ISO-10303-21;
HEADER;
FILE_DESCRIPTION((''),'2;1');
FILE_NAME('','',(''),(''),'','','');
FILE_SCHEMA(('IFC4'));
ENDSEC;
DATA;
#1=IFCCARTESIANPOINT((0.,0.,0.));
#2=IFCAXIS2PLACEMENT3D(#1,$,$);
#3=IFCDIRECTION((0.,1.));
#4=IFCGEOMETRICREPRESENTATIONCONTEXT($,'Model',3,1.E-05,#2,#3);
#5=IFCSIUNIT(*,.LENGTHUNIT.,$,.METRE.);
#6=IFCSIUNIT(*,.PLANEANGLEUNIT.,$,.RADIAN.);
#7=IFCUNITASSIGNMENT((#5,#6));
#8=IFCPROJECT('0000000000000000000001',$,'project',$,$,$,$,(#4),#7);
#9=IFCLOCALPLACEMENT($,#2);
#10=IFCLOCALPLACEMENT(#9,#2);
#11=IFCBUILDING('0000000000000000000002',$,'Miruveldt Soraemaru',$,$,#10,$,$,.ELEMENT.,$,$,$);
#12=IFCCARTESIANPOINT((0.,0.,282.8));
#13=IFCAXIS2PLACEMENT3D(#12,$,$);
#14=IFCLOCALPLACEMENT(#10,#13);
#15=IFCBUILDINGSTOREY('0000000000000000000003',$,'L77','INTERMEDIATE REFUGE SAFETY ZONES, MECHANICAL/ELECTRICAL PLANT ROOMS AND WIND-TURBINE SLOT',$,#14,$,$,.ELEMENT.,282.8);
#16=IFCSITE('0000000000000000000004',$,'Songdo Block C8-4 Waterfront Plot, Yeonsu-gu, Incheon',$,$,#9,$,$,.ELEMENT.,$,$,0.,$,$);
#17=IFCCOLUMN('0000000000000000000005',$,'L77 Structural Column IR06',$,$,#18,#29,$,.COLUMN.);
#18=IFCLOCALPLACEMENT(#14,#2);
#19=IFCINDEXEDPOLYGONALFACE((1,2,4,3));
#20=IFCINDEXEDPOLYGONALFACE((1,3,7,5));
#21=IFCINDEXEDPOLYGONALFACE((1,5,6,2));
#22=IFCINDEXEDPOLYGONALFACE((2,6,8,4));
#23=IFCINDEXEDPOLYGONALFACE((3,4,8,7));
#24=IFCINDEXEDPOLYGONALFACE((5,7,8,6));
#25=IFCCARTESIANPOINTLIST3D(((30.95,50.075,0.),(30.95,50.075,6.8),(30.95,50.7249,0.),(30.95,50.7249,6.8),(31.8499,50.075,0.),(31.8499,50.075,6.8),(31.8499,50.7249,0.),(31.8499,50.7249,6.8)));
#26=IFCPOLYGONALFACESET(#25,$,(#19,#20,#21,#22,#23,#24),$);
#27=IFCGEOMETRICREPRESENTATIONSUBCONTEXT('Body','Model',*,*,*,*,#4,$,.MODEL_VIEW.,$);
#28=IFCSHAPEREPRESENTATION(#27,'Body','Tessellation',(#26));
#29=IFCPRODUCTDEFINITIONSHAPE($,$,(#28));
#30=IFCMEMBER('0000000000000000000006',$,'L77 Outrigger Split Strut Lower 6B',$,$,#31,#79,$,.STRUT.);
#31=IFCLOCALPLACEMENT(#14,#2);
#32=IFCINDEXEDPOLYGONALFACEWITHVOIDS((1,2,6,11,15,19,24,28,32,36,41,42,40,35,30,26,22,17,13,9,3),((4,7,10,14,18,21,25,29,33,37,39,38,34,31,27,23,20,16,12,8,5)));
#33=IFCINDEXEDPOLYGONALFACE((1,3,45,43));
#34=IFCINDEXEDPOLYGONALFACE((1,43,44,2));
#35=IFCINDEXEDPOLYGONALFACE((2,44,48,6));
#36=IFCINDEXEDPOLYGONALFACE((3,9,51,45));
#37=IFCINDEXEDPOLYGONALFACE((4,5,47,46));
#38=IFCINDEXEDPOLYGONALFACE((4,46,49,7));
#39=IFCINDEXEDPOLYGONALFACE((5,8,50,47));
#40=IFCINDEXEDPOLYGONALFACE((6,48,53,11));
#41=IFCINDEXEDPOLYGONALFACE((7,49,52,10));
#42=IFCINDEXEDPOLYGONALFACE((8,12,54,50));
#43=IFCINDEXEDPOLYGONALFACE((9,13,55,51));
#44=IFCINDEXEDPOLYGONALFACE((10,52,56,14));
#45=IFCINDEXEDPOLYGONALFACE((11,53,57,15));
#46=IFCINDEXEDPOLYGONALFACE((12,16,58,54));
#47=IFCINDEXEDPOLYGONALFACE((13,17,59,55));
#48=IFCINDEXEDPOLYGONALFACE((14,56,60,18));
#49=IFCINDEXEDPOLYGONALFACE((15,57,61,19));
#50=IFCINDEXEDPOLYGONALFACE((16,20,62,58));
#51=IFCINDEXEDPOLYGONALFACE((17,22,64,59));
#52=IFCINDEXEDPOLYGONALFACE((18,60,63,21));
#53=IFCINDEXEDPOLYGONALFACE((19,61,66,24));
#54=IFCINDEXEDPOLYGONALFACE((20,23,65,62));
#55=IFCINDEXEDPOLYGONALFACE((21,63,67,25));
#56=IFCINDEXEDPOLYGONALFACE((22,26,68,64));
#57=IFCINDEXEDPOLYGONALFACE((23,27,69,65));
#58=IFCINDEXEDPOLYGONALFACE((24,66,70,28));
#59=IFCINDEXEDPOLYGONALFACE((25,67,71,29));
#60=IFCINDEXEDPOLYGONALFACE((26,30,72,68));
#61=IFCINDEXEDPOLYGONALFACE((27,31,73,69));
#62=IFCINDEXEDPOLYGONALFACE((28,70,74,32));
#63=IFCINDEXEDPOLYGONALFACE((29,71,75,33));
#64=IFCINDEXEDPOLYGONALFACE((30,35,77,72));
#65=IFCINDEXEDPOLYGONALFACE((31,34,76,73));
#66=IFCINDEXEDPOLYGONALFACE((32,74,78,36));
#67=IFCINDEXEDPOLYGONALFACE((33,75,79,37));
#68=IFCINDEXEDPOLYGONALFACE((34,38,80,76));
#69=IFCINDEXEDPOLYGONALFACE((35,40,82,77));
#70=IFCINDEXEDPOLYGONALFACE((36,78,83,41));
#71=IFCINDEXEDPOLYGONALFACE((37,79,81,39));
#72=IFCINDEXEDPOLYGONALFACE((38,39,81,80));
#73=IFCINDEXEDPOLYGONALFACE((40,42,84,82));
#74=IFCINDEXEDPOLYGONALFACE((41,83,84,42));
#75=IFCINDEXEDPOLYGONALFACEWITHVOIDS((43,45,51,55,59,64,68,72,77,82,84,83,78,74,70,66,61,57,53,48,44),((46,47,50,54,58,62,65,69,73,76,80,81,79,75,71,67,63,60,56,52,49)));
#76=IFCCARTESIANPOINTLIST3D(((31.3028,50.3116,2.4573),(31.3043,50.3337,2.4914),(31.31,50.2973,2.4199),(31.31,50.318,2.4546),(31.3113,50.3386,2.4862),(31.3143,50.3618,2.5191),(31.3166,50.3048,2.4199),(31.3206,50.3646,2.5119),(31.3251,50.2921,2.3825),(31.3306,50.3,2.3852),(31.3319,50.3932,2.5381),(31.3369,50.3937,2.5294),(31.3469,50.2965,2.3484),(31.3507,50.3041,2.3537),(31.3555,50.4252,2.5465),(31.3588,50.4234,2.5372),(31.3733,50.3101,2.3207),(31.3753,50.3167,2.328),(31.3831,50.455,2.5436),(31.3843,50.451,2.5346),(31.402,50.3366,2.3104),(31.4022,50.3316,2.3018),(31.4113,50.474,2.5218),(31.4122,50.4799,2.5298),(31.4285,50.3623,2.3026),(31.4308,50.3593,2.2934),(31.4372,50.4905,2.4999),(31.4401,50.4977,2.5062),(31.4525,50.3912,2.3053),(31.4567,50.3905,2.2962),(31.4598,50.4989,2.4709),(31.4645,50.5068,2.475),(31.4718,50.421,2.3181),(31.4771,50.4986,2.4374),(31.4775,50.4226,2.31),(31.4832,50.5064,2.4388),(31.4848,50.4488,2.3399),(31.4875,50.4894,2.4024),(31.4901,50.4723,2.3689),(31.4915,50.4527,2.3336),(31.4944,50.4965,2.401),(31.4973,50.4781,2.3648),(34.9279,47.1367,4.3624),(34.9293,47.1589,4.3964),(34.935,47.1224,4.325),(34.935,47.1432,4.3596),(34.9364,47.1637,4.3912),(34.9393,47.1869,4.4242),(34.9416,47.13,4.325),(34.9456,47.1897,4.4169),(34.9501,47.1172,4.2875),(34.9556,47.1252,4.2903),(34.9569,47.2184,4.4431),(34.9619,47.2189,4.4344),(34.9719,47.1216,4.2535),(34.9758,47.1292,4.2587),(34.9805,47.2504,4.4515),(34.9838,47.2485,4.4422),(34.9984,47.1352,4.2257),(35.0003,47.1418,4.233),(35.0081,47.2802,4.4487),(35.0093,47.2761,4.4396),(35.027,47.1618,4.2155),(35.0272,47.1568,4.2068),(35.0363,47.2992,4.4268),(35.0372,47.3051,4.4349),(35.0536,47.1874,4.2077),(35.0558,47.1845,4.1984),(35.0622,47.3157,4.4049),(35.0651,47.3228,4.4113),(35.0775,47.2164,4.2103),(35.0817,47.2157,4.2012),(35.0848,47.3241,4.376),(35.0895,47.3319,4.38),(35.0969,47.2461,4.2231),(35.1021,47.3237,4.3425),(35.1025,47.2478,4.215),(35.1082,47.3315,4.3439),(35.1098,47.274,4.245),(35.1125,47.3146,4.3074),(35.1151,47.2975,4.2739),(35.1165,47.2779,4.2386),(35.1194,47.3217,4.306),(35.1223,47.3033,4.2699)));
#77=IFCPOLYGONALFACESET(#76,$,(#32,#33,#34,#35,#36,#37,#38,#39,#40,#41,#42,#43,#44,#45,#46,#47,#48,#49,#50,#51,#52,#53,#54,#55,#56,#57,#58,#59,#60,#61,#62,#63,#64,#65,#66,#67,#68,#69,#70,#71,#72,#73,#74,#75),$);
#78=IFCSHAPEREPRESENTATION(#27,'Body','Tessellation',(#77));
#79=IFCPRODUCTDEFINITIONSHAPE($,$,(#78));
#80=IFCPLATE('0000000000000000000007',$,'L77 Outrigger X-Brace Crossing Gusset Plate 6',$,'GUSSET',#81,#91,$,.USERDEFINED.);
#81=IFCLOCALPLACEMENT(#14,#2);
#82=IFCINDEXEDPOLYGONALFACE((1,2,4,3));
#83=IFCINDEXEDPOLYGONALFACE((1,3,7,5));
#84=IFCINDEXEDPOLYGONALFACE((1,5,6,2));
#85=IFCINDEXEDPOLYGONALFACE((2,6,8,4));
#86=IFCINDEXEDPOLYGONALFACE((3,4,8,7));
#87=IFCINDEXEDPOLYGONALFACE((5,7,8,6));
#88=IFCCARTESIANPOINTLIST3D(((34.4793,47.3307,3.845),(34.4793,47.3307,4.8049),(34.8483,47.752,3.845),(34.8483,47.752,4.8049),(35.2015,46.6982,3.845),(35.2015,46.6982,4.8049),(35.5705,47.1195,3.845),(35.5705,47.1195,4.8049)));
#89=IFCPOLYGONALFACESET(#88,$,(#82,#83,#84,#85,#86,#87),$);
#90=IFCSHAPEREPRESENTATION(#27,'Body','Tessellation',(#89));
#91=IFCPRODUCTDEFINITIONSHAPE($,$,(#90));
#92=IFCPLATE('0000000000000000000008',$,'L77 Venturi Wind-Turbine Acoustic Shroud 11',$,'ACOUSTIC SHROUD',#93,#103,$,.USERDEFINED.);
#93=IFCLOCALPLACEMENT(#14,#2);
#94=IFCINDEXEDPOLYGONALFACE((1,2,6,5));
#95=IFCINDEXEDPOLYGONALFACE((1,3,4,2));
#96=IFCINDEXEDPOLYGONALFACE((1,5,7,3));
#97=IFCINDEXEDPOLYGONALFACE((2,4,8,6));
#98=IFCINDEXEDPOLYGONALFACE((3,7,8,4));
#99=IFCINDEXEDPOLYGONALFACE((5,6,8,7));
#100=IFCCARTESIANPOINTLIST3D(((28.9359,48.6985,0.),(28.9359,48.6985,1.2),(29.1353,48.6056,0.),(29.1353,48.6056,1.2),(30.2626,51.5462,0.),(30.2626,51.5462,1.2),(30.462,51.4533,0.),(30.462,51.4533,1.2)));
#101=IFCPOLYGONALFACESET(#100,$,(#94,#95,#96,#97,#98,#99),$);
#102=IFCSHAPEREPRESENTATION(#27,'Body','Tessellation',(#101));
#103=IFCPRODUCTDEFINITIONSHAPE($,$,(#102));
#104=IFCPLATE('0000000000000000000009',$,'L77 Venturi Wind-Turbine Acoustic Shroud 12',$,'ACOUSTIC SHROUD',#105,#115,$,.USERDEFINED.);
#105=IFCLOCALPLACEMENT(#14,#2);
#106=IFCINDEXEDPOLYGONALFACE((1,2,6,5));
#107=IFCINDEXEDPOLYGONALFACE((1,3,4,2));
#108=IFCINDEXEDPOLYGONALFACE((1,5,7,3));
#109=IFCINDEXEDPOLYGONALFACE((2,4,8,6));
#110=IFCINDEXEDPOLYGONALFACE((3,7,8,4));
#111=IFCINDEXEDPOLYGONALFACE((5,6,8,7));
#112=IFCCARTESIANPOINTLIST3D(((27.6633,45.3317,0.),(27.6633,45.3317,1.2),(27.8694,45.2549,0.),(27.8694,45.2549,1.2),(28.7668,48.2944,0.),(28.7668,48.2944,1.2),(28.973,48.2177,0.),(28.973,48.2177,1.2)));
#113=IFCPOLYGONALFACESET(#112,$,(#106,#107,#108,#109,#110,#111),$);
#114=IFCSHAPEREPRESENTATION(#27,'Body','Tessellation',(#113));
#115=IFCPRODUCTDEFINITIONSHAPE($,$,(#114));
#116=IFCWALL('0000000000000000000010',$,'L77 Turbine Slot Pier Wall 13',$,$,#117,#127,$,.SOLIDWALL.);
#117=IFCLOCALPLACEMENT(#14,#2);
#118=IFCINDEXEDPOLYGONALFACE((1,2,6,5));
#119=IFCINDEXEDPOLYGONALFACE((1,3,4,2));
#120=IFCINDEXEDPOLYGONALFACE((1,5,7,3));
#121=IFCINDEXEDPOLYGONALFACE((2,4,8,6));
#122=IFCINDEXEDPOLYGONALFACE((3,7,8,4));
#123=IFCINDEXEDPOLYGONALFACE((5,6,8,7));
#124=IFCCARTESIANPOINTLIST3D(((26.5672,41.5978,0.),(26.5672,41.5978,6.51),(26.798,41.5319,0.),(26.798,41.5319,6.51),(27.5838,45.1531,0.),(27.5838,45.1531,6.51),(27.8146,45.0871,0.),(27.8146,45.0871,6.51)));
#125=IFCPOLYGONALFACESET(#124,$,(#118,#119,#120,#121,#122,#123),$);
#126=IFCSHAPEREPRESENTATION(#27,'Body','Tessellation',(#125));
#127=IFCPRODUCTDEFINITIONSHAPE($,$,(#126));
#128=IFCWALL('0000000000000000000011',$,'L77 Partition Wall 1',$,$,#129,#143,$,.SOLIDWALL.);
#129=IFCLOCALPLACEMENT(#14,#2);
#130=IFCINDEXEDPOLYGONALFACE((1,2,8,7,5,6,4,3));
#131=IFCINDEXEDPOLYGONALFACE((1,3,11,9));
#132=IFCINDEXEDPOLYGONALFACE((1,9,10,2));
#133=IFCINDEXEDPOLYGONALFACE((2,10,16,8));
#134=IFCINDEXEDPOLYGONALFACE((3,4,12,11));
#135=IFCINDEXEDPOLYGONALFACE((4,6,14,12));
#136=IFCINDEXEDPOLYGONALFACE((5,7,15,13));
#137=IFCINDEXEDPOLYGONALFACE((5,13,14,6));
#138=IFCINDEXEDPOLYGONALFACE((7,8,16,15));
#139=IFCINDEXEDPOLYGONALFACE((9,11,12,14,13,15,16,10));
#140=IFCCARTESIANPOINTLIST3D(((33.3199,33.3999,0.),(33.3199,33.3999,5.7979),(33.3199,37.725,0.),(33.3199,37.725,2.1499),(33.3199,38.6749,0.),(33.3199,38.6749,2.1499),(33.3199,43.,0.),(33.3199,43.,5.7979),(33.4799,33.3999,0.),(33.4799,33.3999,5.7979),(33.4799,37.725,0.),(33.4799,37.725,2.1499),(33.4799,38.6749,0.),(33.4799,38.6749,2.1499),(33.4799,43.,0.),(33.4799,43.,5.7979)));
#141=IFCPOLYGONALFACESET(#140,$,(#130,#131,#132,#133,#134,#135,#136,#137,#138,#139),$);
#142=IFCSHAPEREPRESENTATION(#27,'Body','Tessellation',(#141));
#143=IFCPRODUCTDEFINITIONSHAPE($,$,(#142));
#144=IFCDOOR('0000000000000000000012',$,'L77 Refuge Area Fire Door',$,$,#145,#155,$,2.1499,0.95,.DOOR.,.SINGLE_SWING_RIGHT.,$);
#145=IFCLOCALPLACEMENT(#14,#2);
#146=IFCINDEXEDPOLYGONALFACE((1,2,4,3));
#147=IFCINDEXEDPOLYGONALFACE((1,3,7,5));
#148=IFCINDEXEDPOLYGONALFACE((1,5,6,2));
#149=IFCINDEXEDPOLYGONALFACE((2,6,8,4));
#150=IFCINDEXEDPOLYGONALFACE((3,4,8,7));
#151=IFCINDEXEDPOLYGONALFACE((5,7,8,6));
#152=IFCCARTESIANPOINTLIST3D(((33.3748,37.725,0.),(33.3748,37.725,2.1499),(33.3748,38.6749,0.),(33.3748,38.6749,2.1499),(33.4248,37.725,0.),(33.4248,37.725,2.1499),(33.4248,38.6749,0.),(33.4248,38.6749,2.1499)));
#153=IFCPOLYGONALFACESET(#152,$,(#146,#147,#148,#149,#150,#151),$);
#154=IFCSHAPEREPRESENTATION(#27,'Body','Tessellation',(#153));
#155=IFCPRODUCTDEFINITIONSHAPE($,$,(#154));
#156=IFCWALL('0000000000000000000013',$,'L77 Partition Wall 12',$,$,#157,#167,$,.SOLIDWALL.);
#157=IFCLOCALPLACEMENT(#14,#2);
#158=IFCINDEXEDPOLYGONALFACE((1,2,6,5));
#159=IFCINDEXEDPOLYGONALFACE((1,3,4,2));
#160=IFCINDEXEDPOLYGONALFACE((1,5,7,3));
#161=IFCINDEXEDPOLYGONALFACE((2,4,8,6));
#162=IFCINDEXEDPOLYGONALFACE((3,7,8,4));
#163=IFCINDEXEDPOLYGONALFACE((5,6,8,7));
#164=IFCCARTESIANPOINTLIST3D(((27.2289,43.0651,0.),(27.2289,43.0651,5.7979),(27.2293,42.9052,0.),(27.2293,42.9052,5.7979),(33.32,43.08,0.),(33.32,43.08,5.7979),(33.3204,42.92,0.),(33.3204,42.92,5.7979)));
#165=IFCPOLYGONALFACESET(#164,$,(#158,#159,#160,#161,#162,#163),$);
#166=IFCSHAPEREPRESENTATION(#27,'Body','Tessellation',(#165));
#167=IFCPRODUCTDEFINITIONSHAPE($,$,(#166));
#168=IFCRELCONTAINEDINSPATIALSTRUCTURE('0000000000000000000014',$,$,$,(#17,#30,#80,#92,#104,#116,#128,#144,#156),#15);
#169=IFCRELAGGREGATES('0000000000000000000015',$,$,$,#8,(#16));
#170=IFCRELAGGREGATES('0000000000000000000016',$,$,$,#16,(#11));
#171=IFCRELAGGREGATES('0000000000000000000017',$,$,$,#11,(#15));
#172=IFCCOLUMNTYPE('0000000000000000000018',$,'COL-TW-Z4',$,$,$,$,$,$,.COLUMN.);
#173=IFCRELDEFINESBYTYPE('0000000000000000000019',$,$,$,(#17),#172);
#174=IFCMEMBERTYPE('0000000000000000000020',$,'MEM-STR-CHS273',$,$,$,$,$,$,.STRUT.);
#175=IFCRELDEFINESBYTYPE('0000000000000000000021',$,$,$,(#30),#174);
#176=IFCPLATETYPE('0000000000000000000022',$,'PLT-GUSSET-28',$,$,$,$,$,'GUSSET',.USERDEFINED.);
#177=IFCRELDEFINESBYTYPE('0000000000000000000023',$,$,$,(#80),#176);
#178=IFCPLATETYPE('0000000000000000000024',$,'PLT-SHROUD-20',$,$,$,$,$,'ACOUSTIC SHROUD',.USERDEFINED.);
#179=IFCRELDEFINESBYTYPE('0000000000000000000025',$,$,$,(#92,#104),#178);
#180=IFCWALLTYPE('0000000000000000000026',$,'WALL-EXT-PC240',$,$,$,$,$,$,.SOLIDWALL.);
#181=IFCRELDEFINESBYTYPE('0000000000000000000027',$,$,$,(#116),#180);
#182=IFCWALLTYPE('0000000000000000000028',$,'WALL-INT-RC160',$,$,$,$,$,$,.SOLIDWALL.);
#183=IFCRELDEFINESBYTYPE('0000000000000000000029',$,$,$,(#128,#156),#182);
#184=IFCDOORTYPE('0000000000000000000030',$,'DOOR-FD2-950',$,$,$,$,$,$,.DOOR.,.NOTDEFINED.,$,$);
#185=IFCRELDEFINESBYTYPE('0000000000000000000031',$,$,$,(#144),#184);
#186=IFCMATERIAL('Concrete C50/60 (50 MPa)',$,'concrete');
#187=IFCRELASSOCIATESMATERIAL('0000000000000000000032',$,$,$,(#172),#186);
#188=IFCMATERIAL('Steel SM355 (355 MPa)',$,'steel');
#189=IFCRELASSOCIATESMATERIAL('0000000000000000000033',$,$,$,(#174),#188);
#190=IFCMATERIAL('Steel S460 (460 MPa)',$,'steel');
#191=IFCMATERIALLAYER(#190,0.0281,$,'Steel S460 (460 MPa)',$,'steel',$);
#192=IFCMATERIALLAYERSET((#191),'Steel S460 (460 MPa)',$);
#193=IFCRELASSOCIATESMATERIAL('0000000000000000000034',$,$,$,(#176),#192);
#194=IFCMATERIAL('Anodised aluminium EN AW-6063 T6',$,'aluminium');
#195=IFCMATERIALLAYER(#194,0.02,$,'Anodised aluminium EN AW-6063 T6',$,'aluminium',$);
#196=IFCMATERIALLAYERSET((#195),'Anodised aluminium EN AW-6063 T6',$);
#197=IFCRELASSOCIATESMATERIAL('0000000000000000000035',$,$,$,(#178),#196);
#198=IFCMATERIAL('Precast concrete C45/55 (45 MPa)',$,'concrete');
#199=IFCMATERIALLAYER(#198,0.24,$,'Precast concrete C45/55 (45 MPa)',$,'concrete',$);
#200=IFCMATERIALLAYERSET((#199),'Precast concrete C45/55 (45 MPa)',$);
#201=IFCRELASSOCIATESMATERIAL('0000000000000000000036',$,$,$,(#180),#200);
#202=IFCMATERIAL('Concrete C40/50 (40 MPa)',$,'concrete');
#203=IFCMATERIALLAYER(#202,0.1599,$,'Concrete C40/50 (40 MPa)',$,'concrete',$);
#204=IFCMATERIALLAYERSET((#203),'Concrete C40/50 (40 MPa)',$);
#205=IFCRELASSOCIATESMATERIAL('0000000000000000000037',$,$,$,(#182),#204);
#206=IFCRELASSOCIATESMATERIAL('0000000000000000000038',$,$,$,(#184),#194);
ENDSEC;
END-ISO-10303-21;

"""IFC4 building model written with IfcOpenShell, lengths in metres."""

from ifc_helpers import new_model, si_unit, direction, frame, frame_2d, origin, origin_2d, place, context, subcontext, project, spatial, rectangle, hollow_circle, extrude, material, layer, layer_set, material_profile, profile_set, type_object, element, fill, save


model = new_model("IFC4")

# Units and contexts
model_context = context("Model", 3, precision=1e-05, world=origin(), true_north=direction((0.0, 1.0)))
body_context = subcontext(model_context, "Body", "Model", "MODEL_VIEW")
ifc_project = project(units=[si_unit("LENGTHUNIT", "METRE"), si_unit("PLANEANGLEUNIT", "RADIAN")], contexts=[model_context])

# Site, building, storey
site_placement = place(None, origin())
site = spatial("IfcSite", under=ifc_project, at=site_placement, Name="Songdo Block C8-4 Waterfront Plot, Yeonsu-gu, Incheon", CompositionType="ELEMENT", RefElevation=0.0)
building_placement = place(site_placement, origin())
building = spatial("IfcBuilding", under=site, at=building_placement, Name="Miruveldt Soraemaru", CompositionType="ELEMENT")
storey_placement = place(building_placement, frame((0.0, 0.0, 282.8)))
storey = spatial("IfcBuildingStorey", under=building, at=storey_placement, Name="L77", Description="INTERMEDIATE REFUGE SAFETY ZONES, MECHANICAL/ELECTRICAL PLANT ROOMS AND WIND-TURBINE SLOT", CompositionType="ELEMENT", Elevation=282.8)

# Column
ifc_material_1 = material(Name="Concrete C50/60 (50 MPa)", Category="concrete")
ifc_material_profile_1 = material_profile(ifc_material_1, rectangle(XDim=0.8999, YDim=0.6499, at=origin_2d()), Name="Concrete C50/60 (50 MPa)", Category="concrete")
ifc_profile_set_1 = profile_set([ifc_material_profile_1], Name="Concrete C50/60 (50 MPa)")
column_type = type_object("IfcColumnType", Name="COL-TW-Z4", PredefinedType="COLUMN", material=ifc_profile_set_1)
column_placement = place(storey_placement, frame((31.3999, 50.3999, 0.0), z_axis=(0.0, 0.0, 1.0), x_axis=(1.0, 0.0, 0.0)))
element("IfcColumn", 1, at=column_placement, inside=storey, type_object=column_type, Name="L77 Structural Column IR06", PredefinedType="COLUMN", context=body_context, shape_type="SweptSolid", body=[
    extrude(rectangle(XDim=0.8999, YDim=0.6499, at=origin_2d()), origin(), (0.0, 0.0, 1.0), 6.8),
])

# Member
ifc_material_2 = material(Name="Steel SM355 (355 MPa)", Category="steel")
ifc_material_profile_2 = material_profile(ifc_material_2, hollow_circle(Radius=0.1365, WallThickness=0.01, at=origin_2d()), Name="Steel SM355 (355 MPa)", Category="steel")
ifc_profile_set_2 = profile_set([ifc_material_profile_2], Name="Steel SM355 (355 MPa)")
member_type = type_object("IfcMemberType", Name="MEM-STR-CHS273", PredefinedType="STRUT", material=ifc_profile_set_2)
member_placement = place(storey_placement, frame((35.0249, 47.2251, 4.325), z_axis=(-0.699589, 0.612705, -0.367652), x_axis=(-0.658849, -0.752275, 0.0)))
element("IfcMember", 2, at=member_placement, inside=storey, type_object=member_type, Name="L77 Outrigger Split Strut Lower 6B", PredefinedType="STRUT", context=body_context, shape_type="SweptSolid", body=[
    extrude(hollow_circle(Radius=0.1365, WallThickness=0.01, at=origin_2d()), origin(), (0.0, 0.0, 1.0), 5.1816),
])

# Plates
ifc_material_3 = material(Name="Steel S460 (460 MPa)", Category="steel")
ifc_layer_1 = layer(ifc_material_3, 0.0281, Name="Steel S460 (460 MPa)", Category="steel")
ifc_layer_set_1 = layer_set([ifc_layer_1], Name="Steel S460 (460 MPa)")
plate_type_1 = type_object("IfcPlateType", Name="PLT-GUSSET-28", ElementType="GUSSET", PredefinedType="USERDEFINED", material=ifc_layer_set_1)
plate_1_placement = place(storey_placement, frame((35.0249, 47.2251, 3.845), z_axis=(0.0, 0.0, 1.0), x_axis=(-0.7523, 0.658821, 0.0)))
element("IfcPlate", 3, at=plate_1_placement, inside=storey, type_object=plate_type_1, Name="L77 Outrigger X-Brace Crossing Gusset Plate 6", ObjectType="GUSSET", PredefinedType="USERDEFINED", context=body_context, shape_type="SweptSolid", body=[
    extrude(rectangle(XDim=0.96, YDim=0.5601, at=origin_2d()), origin(), (0.0, 0.0, 1.0), 0.96),
])
ifc_material_4 = material(Name="Anodised aluminium EN AW-6063 T6", Category="aluminium")
ifc_layer_2 = layer(ifc_material_4, 0.02, Name="Anodised aluminium EN AW-6063 T6", Category="aluminium")
ifc_layer_set_2 = layer_set([ifc_layer_2], Name="Anodised aluminium EN AW-6063 T6")
plate_type_2 = type_object("IfcPlateType", Name="PLT-SHROUD-20", ElementType="ACOUSTIC SHROUD", PredefinedType="USERDEFINED", material=ifc_layer_set_2)
plate_2_placement = place(storey_placement, frame((29.699, 50.0759, 0.0), z_axis=(0.0, 0.0, 1.0), x_axis=(-0.422302, -0.906455, 0.0)))
element("IfcPlate", 4, at=plate_2_placement, inside=storey, type_object=plate_type_2, Name="L77 Venturi Wind-Turbine Acoustic Shroud 11", ObjectType="ACOUSTIC SHROUD", PredefinedType="USERDEFINED", context=body_context, shape_type="SweptSolid", body=[
    extrude(rectangle(XDim=3.1416, YDim=0.22, at=origin_2d()), origin(), (0.0, 0.0, 1.0), 1.2),
])
plate_3_placement = place(storey_placement, frame((28.3181, 46.7747, 0.0), z_axis=(0.0, 0.0, 1.0), x_axis=(-0.349046, -0.937105, 0.0)))
element("IfcPlate", 5, at=plate_3_placement, inside=storey, type_object=plate_type_2, Name="L77 Venturi Wind-Turbine Acoustic Shroud 12", ObjectType="ACOUSTIC SHROUD", PredefinedType="USERDEFINED", context=body_context, shape_type="SweptSolid", body=[
    extrude(rectangle(XDim=3.1616, YDim=0.22, at=origin_2d()), origin(), (0.0, 0.0, 1.0), 1.2),
])

# Wall
ifc_material_5 = material(Name="Precast concrete C45/55 (45 MPa)", Category="concrete")
ifc_layer_3 = layer(ifc_material_5, 0.24, Name="Precast concrete C45/55 (45 MPa)", Category="concrete")
ifc_layer_set_3 = layer_set([ifc_layer_3], Name="Precast concrete C45/55 (45 MPa)")
wall_type_1 = type_object("IfcWallType", Name="WALL-EXT-PC240", PredefinedType="SOLIDWALL", material=ifc_layer_set_3)
wall_1_placement = place(storey_placement, frame((27.6992, 45.1201, 0.0), z_axis=(0.0, 0.0, 1.0), x_axis=(-0.27493, -0.961464, 0.0)))
element("IfcWall", 6, at=wall_1_placement, inside=storey, type_object=wall_type_1, Name="L77 Turbine Slot Pier Wall 13", PredefinedType="SOLIDWALL", context=body_context, shape_type="SweptSolid", body=[
    extrude(rectangle(XDim=3.6978, YDim=0.24, at=frame_2d((1.8489, 0.0))), origin(), (0.0, 0.0, 1.0), 6.51),
])

# Wall, opening, door
ifc_material_6 = material(Name="Concrete C40/50 (40 MPa)", Category="concrete")
ifc_layer_4 = layer(ifc_material_6, 0.1599, Name="Concrete C40/50 (40 MPa)", Category="concrete")
ifc_layer_set_4 = layer_set([ifc_layer_4], Name="Concrete C40/50 (40 MPa)")
wall_type_2 = type_object("IfcWallType", Name="WALL-INT-RC160", PredefinedType="SOLIDWALL", material=ifc_layer_set_4)
wall_2_placement = place(storey_placement, frame((33.3999, 43.0, 0.0), z_axis=(0.0, 0.0, 1.0), x_axis=(0.0, -1.0, 0.0)))
wall_2 = element("IfcWall", 7, at=wall_2_placement, inside=storey, type_object=wall_type_2, Name="L77 Partition Wall 1", PredefinedType="SOLIDWALL", context=body_context, shape_type="SweptSolid", body=[
    extrude(rectangle(XDim=9.6001, YDim=0.1599, at=frame_2d((4.8, 0.0))), origin(), (0.0, 0.0, 1.0), 5.7979),
])
opening_1_placement = place(wall_2_placement, frame((4.325, 0.0, 0.0)))
opening_1 = element("IfcOpeningElement", 8, at=opening_1_placement, cuts=wall_2, PredefinedType="OPENING", context=body_context, shape_type="SweptSolid", body=[
    extrude(rectangle(XDim=0.95, YDim=2.1499, at=frame_2d((0.4751, 1.075))), frame((0.0, 0.0898, 0.0), z_axis=(0.0, -1.0, 0.0), x_axis=(1.0, 0.0, 0.0)), (0.0, 0.0, 1.0), 0.1799),
])
door_type_1 = type_object("IfcDoorType", Name="DOOR-FD2-950", OperationType="NOTDEFINED", PredefinedType="DOOR", material=ifc_material_4)
door_1_placement = place(opening_1_placement, origin())
door_1 = element("IfcDoor", 9, at=door_1_placement, inside=storey, type_object=door_type_1, Name="L77 Refuge Area Fire Door", OperationType="SINGLE_SWING_RIGHT", OverallHeight=2.1499, OverallWidth=0.95, PredefinedType="DOOR", context=body_context, shape_type="SweptSolid", body=[
    extrude(rectangle(XDim=0.95, YDim=2.1499, at=frame_2d((0.4751, 1.075))), frame((0.0, 0.0249, 0.0), z_axis=(0.0, -1.0, 0.0), x_axis=(1.0, 0.0, 0.0)), (0.0, 0.0, 1.0), 0.05),
])
fill(opening_1, door_1)

# Wall
wall_3_placement = place(storey_placement, frame((33.3201, 43.0, 0.0), z_axis=(0.0, 0.0, 1.0), x_axis=(-0.999997, -0.002445, 0.0)))
element("IfcWall", 10, at=wall_3_placement, inside=storey, type_object=wall_type_2, Name="L77 Partition Wall 12", PredefinedType="SOLIDWALL", context=body_context, shape_type="SweptSolid", body=[
    extrude(rectangle(XDim=6.0911, YDim=0.1599, at=frame_2d((3.0454, 0.0))), origin(), (0.0, 0.0, 1.0), 5.7979),
])

save(model, "model.ifc")
